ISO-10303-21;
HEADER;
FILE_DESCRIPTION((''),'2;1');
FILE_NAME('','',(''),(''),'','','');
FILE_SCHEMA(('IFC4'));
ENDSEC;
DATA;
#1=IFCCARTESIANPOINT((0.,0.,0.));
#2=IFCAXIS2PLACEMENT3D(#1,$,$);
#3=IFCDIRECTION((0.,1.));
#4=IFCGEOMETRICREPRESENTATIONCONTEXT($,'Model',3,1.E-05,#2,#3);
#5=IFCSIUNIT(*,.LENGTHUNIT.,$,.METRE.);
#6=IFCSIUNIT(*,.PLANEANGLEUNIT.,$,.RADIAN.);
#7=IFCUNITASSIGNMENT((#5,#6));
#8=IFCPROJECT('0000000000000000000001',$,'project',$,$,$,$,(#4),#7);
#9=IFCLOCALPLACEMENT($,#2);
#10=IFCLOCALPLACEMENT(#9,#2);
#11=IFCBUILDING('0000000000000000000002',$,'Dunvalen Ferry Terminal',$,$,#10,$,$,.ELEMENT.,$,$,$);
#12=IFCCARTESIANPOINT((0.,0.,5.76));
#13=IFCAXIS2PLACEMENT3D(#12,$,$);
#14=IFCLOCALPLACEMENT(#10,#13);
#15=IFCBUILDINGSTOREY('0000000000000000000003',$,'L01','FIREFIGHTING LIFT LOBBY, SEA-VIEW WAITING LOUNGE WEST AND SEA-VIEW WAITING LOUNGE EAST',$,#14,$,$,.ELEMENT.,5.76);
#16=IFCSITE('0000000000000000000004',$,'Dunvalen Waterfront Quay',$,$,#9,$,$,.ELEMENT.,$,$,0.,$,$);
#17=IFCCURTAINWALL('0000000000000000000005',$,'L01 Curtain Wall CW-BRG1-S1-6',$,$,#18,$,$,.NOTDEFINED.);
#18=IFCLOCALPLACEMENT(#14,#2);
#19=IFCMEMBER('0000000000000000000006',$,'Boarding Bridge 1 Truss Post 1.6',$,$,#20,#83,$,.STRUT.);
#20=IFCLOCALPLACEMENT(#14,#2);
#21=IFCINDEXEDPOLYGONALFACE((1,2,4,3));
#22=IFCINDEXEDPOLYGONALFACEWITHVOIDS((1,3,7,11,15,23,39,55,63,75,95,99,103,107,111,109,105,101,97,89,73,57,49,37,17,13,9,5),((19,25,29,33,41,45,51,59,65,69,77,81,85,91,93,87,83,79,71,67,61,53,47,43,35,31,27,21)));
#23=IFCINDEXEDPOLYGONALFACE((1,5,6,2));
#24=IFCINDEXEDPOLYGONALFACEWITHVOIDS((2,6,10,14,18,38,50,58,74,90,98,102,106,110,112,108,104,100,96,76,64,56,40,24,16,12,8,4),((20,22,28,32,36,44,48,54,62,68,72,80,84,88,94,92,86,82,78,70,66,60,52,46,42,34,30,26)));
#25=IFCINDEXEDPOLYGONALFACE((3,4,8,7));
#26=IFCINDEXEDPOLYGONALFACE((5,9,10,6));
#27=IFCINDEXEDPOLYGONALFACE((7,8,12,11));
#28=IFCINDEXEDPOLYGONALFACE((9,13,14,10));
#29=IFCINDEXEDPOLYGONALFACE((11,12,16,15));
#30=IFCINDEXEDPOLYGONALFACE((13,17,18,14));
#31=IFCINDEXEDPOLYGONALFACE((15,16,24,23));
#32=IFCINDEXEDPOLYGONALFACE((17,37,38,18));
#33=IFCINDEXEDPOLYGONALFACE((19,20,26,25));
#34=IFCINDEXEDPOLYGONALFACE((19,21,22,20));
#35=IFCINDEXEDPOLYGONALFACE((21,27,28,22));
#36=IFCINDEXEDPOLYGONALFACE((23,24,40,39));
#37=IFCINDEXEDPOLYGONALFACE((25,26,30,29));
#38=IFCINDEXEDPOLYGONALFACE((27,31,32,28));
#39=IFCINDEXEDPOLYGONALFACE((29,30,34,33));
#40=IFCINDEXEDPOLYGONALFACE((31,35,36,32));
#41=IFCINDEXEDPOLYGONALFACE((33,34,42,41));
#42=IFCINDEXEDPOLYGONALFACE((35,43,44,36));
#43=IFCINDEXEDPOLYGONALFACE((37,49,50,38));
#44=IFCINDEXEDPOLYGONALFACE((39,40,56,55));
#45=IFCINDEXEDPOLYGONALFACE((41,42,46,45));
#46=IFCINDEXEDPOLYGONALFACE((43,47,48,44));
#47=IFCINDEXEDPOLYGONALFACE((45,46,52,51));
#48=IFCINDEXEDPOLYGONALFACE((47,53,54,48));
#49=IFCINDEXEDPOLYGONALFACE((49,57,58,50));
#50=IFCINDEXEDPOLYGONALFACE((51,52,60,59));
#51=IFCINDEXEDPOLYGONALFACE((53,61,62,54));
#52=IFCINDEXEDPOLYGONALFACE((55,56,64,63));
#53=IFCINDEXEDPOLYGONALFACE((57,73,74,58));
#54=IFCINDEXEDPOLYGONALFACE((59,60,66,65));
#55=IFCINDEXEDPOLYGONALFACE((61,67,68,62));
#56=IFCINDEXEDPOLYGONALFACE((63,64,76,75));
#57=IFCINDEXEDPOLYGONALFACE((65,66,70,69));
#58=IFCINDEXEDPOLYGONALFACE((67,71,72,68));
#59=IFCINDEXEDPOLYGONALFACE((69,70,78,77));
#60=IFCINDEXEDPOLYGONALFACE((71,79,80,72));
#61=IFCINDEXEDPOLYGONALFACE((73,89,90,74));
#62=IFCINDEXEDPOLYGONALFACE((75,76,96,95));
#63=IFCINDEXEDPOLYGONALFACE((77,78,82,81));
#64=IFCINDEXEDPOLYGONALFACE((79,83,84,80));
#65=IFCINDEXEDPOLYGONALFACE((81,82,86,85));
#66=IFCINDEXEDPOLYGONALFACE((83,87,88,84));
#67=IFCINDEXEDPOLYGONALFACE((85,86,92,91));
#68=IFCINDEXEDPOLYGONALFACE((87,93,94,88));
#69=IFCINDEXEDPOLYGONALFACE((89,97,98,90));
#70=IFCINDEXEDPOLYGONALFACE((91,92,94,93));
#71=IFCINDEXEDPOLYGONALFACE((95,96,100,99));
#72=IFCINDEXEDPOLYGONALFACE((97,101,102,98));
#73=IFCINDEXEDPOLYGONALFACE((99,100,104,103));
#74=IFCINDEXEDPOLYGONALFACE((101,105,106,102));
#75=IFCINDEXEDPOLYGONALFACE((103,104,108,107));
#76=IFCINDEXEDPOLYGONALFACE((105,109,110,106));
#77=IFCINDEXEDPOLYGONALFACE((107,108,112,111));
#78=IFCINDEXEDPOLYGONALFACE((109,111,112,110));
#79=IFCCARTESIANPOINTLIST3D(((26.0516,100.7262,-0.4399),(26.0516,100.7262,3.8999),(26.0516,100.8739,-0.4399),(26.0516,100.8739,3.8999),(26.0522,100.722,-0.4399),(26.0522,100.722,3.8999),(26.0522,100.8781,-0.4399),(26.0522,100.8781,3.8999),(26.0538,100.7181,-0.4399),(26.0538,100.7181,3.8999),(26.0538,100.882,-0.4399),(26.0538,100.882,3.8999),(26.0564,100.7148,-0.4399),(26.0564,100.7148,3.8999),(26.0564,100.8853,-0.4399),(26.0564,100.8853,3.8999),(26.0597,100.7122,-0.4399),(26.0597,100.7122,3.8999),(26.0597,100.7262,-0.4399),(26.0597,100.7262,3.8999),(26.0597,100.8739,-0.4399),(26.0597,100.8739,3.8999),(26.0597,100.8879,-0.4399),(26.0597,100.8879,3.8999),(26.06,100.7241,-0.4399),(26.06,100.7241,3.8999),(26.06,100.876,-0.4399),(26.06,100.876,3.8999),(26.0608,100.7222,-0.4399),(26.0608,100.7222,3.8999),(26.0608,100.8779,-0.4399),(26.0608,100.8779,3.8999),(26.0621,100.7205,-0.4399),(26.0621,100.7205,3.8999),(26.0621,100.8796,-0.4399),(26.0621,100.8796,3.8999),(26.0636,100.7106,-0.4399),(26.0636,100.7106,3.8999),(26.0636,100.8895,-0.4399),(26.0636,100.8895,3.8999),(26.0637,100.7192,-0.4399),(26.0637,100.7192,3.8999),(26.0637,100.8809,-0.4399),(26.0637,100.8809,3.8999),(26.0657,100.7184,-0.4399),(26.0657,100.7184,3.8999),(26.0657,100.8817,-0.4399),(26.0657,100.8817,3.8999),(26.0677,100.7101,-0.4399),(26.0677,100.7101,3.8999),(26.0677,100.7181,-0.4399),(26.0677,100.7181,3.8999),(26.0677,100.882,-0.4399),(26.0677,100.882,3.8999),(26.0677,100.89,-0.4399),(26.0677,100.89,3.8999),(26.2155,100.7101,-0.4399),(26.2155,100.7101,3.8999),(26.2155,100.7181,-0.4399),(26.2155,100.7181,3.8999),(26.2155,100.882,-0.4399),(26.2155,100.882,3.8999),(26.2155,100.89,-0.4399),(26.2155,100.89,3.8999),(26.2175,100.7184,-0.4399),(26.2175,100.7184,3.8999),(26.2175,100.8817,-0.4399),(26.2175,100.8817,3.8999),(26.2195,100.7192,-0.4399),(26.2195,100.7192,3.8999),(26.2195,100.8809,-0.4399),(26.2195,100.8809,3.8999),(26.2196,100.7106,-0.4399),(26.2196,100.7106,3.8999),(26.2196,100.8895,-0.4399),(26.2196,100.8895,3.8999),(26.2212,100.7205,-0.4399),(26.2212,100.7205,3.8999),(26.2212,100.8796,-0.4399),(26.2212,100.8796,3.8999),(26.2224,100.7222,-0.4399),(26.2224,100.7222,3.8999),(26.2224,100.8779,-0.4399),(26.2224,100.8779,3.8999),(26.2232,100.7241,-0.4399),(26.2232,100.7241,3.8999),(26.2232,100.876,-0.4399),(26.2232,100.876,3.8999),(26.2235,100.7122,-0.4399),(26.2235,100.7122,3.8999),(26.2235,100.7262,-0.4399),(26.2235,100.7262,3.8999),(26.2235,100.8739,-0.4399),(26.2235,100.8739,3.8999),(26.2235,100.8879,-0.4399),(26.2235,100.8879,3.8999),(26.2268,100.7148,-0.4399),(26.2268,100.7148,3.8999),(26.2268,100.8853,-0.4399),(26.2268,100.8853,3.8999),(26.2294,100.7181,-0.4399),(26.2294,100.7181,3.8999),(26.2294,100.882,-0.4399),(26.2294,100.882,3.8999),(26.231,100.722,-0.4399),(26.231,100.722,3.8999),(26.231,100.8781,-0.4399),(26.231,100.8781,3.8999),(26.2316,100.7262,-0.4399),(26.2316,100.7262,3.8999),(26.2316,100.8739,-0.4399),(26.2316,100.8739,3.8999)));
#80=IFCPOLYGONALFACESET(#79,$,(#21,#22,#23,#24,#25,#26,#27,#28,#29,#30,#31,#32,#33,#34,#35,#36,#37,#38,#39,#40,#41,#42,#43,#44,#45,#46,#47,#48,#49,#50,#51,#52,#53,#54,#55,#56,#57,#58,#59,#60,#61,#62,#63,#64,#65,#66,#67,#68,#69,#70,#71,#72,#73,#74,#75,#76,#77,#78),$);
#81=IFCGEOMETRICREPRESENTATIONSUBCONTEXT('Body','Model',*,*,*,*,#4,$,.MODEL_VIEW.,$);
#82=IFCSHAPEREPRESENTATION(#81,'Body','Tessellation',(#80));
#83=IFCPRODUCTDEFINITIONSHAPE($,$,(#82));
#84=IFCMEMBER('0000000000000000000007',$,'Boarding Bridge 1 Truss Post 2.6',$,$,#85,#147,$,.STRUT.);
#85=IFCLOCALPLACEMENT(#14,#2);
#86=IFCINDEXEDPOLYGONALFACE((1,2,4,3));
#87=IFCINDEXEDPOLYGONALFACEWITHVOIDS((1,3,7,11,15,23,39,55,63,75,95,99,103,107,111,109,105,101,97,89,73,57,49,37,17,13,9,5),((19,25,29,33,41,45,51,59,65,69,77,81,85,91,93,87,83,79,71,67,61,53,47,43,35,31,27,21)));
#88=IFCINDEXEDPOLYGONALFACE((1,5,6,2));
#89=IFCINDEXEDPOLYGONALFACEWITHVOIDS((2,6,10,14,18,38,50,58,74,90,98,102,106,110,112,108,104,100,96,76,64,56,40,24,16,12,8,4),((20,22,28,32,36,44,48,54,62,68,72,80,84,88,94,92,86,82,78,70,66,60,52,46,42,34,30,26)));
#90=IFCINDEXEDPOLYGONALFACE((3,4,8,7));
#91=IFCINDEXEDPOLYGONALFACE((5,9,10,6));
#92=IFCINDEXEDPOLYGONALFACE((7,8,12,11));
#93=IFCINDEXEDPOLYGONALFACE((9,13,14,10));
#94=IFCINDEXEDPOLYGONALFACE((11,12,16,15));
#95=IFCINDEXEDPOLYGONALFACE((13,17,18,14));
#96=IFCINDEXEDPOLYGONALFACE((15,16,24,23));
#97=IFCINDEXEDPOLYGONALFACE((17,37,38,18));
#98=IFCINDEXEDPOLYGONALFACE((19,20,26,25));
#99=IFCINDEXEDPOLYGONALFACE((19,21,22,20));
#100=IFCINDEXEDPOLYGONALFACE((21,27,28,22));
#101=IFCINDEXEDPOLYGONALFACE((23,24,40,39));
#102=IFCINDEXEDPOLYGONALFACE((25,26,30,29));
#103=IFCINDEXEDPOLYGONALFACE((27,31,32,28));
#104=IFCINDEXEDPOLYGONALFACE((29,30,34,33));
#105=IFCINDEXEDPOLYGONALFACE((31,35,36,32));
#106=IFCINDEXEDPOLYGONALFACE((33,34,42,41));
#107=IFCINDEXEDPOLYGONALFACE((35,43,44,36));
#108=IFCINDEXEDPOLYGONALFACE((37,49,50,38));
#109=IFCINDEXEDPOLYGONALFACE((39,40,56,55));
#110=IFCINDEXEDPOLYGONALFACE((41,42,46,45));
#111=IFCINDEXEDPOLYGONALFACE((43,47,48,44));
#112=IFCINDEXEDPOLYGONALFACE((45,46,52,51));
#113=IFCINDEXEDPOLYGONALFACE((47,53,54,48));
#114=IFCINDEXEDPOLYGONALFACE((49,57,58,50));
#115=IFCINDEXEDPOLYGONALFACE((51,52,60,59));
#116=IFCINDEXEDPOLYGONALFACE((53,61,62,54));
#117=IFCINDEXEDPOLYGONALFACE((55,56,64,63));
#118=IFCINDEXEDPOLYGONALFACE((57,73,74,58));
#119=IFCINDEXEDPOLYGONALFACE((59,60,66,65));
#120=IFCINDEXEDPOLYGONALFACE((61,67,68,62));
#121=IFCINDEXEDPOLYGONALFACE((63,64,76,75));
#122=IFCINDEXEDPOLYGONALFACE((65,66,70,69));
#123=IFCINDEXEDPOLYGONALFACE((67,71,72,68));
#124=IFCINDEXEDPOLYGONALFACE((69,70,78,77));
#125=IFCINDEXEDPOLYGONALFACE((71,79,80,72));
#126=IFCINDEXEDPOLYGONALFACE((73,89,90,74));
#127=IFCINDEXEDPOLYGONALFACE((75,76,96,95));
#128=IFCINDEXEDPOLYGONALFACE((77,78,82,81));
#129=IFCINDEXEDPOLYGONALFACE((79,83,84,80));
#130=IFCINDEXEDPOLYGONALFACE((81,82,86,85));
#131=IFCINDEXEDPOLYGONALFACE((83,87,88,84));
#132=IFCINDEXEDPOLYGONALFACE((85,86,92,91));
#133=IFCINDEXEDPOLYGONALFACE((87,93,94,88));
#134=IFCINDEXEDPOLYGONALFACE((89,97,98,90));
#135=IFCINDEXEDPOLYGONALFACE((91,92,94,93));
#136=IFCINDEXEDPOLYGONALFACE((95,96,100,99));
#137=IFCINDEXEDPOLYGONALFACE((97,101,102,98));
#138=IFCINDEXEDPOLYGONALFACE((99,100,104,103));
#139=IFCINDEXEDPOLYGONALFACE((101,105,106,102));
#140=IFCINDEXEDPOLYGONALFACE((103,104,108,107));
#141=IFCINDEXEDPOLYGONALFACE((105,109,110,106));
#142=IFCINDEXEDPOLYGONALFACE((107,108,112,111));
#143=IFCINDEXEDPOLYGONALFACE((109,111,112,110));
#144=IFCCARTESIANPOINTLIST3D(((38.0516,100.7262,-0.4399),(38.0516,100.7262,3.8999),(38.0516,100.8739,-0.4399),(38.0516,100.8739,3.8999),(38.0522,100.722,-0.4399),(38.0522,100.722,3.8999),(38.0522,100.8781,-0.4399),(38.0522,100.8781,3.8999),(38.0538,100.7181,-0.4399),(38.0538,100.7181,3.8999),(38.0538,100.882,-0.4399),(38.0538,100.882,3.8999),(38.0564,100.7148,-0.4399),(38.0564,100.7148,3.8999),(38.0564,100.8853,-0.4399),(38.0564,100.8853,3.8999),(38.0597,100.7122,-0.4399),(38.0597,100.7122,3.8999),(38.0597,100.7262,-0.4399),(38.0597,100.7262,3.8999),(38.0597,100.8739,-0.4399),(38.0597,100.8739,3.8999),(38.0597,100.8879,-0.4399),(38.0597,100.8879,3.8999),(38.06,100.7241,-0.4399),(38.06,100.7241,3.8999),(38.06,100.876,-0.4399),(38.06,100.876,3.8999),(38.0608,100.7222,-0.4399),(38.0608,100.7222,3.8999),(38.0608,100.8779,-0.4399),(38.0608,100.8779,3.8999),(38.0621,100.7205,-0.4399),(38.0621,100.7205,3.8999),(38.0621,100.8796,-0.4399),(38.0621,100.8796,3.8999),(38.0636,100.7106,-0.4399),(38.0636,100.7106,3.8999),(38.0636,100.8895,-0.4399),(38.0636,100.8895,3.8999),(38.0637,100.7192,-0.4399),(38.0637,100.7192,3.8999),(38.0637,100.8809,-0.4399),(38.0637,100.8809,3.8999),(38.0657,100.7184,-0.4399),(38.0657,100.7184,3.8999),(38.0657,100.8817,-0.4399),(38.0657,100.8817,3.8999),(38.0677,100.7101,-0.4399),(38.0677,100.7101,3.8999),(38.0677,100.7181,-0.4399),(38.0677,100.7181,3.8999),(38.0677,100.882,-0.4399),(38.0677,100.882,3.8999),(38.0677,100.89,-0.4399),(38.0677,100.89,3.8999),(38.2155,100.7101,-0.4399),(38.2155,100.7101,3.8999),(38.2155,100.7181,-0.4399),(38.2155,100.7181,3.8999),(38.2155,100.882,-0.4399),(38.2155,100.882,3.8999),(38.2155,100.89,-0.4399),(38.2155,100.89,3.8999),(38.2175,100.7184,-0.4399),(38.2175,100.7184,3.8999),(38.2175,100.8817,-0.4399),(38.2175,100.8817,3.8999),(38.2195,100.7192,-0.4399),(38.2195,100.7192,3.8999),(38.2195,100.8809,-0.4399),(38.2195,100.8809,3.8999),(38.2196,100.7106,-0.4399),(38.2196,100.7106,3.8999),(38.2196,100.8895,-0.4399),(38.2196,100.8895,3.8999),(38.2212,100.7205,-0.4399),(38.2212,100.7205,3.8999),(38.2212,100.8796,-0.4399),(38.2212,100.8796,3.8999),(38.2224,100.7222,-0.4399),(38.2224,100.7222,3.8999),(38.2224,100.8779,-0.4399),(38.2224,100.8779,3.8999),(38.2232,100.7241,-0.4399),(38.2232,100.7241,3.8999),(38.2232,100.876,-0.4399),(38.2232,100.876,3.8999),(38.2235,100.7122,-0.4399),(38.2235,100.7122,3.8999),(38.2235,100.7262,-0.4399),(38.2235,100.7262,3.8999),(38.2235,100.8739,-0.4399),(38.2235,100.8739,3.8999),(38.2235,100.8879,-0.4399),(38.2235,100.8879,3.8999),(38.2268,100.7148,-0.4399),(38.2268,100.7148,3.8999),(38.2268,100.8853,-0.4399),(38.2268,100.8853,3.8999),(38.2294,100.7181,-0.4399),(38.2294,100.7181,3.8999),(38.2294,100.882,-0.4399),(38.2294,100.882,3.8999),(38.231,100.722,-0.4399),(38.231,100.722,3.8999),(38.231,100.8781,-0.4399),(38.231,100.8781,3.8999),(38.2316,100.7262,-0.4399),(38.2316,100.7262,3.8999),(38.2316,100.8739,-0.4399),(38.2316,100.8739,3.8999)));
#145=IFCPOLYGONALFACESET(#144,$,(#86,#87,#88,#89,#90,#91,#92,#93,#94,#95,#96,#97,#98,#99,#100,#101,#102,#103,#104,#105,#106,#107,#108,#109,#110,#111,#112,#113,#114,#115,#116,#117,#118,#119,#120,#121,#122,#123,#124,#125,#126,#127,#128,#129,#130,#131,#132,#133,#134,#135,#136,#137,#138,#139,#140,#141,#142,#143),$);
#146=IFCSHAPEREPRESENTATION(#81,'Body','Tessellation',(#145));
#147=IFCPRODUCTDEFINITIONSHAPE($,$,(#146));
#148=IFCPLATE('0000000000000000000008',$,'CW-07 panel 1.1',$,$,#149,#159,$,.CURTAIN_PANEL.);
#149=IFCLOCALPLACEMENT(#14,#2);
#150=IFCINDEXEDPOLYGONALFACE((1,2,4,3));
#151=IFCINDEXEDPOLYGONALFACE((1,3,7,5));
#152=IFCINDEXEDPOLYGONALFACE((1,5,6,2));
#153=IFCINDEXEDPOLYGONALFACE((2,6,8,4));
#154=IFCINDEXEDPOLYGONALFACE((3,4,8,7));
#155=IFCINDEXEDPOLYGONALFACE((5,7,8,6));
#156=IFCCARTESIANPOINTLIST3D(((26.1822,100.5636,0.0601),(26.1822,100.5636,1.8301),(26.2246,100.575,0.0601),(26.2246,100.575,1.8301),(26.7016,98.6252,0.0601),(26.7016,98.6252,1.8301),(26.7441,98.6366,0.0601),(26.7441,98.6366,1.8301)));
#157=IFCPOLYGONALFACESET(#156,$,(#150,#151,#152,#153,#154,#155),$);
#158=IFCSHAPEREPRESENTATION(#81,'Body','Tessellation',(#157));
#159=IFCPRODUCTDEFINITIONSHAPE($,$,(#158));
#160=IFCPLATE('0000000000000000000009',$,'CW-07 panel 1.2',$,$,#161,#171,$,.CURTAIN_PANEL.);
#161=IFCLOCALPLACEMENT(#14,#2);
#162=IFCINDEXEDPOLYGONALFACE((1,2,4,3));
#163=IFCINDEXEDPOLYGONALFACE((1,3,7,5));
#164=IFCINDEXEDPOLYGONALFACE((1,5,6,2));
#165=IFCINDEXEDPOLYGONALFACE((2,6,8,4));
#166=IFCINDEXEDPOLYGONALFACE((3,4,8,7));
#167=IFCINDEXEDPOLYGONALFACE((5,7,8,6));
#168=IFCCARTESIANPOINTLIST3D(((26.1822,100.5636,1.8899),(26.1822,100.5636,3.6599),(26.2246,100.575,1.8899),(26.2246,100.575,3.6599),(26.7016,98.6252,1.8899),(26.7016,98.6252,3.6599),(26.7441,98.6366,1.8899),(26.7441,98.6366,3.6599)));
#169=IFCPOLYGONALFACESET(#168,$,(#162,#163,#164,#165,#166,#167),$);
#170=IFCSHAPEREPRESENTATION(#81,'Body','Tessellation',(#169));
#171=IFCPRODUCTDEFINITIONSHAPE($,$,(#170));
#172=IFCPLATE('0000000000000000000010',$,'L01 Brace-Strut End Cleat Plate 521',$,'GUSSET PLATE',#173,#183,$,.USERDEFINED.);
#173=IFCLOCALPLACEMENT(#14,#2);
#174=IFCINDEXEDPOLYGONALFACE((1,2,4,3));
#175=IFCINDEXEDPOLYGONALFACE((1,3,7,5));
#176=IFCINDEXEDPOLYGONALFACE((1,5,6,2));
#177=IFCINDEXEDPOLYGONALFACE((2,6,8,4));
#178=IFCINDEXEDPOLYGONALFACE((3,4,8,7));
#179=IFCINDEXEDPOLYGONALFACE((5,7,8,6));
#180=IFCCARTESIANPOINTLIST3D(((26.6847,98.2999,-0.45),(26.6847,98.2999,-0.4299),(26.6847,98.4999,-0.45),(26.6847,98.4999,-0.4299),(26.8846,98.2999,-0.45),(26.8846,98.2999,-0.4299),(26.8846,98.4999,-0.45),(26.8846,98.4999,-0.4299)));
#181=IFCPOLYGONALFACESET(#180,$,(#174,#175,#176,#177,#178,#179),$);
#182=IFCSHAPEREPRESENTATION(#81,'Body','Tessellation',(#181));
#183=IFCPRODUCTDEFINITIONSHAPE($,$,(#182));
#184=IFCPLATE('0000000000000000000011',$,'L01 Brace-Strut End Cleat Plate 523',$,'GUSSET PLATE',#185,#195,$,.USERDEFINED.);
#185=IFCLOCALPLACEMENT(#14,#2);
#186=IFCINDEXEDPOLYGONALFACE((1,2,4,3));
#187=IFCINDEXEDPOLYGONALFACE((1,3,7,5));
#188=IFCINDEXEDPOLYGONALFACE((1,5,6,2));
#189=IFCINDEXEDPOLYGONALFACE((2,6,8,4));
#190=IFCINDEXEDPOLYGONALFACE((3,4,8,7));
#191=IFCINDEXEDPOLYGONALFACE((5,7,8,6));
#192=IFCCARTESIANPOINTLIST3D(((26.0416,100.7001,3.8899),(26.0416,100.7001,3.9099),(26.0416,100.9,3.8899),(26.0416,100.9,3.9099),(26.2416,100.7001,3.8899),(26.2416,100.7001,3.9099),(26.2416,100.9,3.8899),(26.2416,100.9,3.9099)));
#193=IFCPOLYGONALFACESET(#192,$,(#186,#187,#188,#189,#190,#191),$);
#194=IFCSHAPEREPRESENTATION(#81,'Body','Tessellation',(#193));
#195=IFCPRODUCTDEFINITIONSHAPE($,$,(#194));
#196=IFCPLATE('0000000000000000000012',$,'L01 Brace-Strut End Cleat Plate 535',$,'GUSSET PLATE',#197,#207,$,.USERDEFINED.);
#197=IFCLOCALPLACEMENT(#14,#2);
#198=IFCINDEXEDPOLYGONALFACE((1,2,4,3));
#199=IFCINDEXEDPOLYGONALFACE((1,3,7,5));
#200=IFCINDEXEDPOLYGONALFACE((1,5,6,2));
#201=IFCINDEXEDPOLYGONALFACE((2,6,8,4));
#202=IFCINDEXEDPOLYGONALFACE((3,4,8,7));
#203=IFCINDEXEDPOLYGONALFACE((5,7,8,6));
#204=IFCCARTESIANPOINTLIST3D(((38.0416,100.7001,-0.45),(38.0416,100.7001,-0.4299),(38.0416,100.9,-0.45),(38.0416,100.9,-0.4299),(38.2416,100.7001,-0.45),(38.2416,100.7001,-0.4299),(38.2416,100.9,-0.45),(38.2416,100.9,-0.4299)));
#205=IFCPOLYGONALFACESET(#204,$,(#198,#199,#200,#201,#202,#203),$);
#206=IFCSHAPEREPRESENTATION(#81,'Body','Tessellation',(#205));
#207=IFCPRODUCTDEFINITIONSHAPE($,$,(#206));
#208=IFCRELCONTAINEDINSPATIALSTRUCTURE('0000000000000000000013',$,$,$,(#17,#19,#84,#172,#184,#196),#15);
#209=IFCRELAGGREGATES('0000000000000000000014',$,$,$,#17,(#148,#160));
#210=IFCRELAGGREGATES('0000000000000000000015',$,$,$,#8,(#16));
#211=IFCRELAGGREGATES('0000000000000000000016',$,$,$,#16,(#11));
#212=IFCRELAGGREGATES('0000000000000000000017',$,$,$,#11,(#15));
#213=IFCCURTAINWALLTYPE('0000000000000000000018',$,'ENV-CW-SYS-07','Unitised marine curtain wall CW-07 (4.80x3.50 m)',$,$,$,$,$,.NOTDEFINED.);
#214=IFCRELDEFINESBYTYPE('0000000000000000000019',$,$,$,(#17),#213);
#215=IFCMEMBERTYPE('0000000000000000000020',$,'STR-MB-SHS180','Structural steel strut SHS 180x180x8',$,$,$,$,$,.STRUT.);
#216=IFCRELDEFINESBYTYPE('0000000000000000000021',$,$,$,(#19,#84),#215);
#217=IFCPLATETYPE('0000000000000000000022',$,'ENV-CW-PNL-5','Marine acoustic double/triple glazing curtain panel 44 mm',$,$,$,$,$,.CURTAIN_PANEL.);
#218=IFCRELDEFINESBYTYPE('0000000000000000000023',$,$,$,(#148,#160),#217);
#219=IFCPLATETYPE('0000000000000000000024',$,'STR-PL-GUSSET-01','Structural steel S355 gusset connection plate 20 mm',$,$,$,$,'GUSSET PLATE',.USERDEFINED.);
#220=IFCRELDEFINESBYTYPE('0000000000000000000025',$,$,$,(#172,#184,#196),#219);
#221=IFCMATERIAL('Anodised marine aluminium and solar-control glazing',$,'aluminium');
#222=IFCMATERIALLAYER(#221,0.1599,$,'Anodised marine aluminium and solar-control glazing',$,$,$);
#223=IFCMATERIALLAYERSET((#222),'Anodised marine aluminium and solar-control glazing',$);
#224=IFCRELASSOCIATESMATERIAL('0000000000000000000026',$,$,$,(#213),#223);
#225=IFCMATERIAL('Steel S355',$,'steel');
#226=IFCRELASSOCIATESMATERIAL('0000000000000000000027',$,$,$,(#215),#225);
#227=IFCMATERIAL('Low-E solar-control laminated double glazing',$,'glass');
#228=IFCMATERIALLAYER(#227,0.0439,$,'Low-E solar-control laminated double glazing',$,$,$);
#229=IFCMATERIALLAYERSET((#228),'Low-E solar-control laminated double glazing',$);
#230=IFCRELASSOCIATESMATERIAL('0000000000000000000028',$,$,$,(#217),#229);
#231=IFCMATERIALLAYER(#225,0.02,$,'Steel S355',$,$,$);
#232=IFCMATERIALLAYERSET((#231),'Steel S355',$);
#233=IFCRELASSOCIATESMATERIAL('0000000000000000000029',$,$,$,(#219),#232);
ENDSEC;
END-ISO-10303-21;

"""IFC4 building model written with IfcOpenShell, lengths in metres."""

from ifc_helpers import new_model, si_unit, direction, frame, origin, origin_2d, place, context, subcontext, project, spatial, rectangle, hollow_rectangle, extrude, material, layer, layer_set, material_profile, profile_set, type_object, element, aggregate, save


model = new_model("IFC4")

# Units and contexts
model_context = context("Model", 3, precision=1e-05, world=origin(), true_north=direction((0.0, 1.0)))
body_context = subcontext(model_context, "Body", "Model", "MODEL_VIEW")
ifc_project = project(units=[si_unit("LENGTHUNIT", "METRE"), si_unit("PLANEANGLEUNIT", "RADIAN")], contexts=[model_context])

# Site, building, storey
site_placement = place(None, origin())
site = spatial("IfcSite", under=ifc_project, at=site_placement, Name="Dunvalen Waterfront Quay", CompositionType="ELEMENT", RefElevation=0.0)
building_placement = place(site_placement, origin())
building = spatial("IfcBuilding", under=site, at=building_placement, Name="Dunvalen Ferry Terminal", CompositionType="ELEMENT")
storey_placement = place(building_placement, frame((0.0, 0.0, 5.76)))
storey = spatial("IfcBuildingStorey", under=building, at=storey_placement, Name="L01", Description="FIREFIGHTING LIFT LOBBY, SEA-VIEW WAITING LOUNGE WEST AND SEA-VIEW WAITING LOUNGE EAST", CompositionType="ELEMENT", Elevation=5.76)

# Curtain wall
ifc_material_1 = material(Name="Anodised marine aluminium and solar-control glazing", Category="aluminium")
ifc_layer_1 = layer(ifc_material_1, 0.1599, Name="Anodised marine aluminium and solar-control glazing")
ifc_layer_set_1 = layer_set([ifc_layer_1], Name="Anodised marine aluminium and solar-control glazing")
curtain_wall_type = type_object("IfcCurtainWallType", Name="ENV-CW-SYS-07", Description="Unitised marine curtain wall CW-07 (4.80x3.50 m)", PredefinedType="NOTDEFINED", material=ifc_layer_set_1)
curtain_wall_placement = place(storey_placement, origin())
curtain_wall = element("IfcCurtainWall", 1, at=curtain_wall_placement, inside=storey, type_object=curtain_wall_type, Name="L01 Curtain Wall CW-BRG1-S1-6", PredefinedType="NOTDEFINED")

# Shared definitions
ifc_material_2 = material(Name="Steel S355", Category="steel")

# Members
ifc_material_profile_1 = material_profile(ifc_material_2, hollow_rectangle(XDim=0.1799, YDim=0.1799, WallThickness=0.0081, InnerFilletRadius=0.0081, OuterFilletRadius=0.0161, at=origin_2d()), Name="Steel S355")
ifc_profile_set_1 = profile_set([ifc_material_profile_1], Name="Steel S355")
member_type_1 = type_object("IfcMemberType", Name="STR-MB-SHS180", Description="Structural steel strut SHS 180x180x8", PredefinedType="STRUT", material=ifc_profile_set_1)
for number, where, z_axis, x_axis, name in (
    (2, (26.1416, 100.8, -0.4399), (0.0, 0.0, 1.0), (1.0, 0.0, 0.0), "Boarding Bridge 1 Truss Post 1.6"),
    (3, (38.1416, 100.8, -0.4399), (0.0, 0.0, 1.0), (1.0, 0.0, 0.0), "Boarding Bridge 1 Truss Post 2.6"),
):
    element("IfcMember", number, at=place(storey_placement, frame(where, z_axis=z_axis, x_axis=x_axis)), inside=storey, type_object=member_type_1, Name=name, PredefinedType="STRUT", context=body_context, shape_type="SweptSolid", body=[
        extrude(hollow_rectangle(XDim=0.1799, YDim=0.1799, WallThickness=0.0081, InnerFilletRadius=0.0081, OuterFilletRadius=0.0161, at=origin_2d()), origin(), (0.0, 0.0, 1.0), 4.3398),
    ])

# Plates
ifc_material_3 = material(Name="Low-E solar-control laminated double glazing", Category="glass")
ifc_layer_2 = layer(ifc_material_3, 0.0439, Name="Low-E solar-control laminated double glazing")
ifc_layer_set_2 = layer_set([ifc_layer_2], Name="Low-E solar-control laminated double glazing")
plate_type_1 = type_object("IfcPlateType", Name="ENV-CW-PNL-5", Description="Marine acoustic double/triple glazing curtain panel 44 mm", PredefinedType="CURTAIN_PANEL", material=ifc_layer_set_2)
plate_1_placement = place(storey_placement, frame((26.4631, 99.6001, 0.0601), z_axis=(0.0, 0.0, 1.0), x_axis=(-0.25883, 0.965923, 0.0)))
plate_1 = element("IfcPlate", 4, at=plate_1_placement, type_object=plate_type_1, Name="CW-07 panel 1.1", PredefinedType="CURTAIN_PANEL", context=body_context, shape_type="SweptSolid", body=[
    extrude(rectangle(XDim=2.0068, YDim=0.0439, at=origin_2d()), origin(), (0.0, 0.0, 1.0), 1.77),
])
plate_2_placement = place(storey_placement, frame((26.4631, 99.6001, 1.8899), z_axis=(0.0, 0.0, 1.0), x_axis=(-0.25883, 0.965923, 0.0)))
plate_2 = element("IfcPlate", 5, at=plate_2_placement, type_object=plate_type_1, Name="CW-07 panel 1.2", PredefinedType="CURTAIN_PANEL", context=body_context, shape_type="SweptSolid", body=[
    extrude(rectangle(XDim=2.0068, YDim=0.0439, at=origin_2d()), origin(), (0.0, 0.0, 1.0), 1.77),
])
aggregate(curtain_wall, [plate_1, plate_2])

# Plates
ifc_layer_3 = layer(ifc_material_2, 0.02, Name="Steel S355")
ifc_layer_set_3 = layer_set([ifc_layer_3], Name="Steel S355")
plate_type_2 = type_object("IfcPlateType", Name="STR-PL-GUSSET-01", Description="Structural steel S355 gusset connection plate 20 mm", ElementType="GUSSET PLATE", PredefinedType="USERDEFINED", material=ifc_layer_set_3)
for number, where, z_axis, x_axis, name in (
    (6, (26.7847, 98.3999, -0.45), (0.0, 0.0, 1.0), (1.0, 0.0, 0.0), "L01 Brace-Strut End Cleat Plate 521"),
    (7, (26.1416, 100.8, 3.8899), (0.0, 0.0, 1.0), (1.0, 0.0, 0.0), "L01 Brace-Strut End Cleat Plate 523"),
    (8, (38.1416, 100.8, -0.45), (0.0, 0.0, 1.0), (1.0, 0.0, 0.0), "L01 Brace-Strut End Cleat Plate 535"),
):
    element("IfcPlate", number, at=place(storey_placement, frame(where, z_axis=z_axis, x_axis=x_axis)), inside=storey, type_object=plate_type_2, Name=name, ObjectType="GUSSET PLATE", PredefinedType="USERDEFINED", context=body_context, shape_type="SweptSolid", body=[
        extrude(rectangle(XDim=0.2, YDim=0.2, at=origin_2d()), origin(), (0.0, 0.0, 1.0), 0.02),
    ])

save(model, "model.ifc")
